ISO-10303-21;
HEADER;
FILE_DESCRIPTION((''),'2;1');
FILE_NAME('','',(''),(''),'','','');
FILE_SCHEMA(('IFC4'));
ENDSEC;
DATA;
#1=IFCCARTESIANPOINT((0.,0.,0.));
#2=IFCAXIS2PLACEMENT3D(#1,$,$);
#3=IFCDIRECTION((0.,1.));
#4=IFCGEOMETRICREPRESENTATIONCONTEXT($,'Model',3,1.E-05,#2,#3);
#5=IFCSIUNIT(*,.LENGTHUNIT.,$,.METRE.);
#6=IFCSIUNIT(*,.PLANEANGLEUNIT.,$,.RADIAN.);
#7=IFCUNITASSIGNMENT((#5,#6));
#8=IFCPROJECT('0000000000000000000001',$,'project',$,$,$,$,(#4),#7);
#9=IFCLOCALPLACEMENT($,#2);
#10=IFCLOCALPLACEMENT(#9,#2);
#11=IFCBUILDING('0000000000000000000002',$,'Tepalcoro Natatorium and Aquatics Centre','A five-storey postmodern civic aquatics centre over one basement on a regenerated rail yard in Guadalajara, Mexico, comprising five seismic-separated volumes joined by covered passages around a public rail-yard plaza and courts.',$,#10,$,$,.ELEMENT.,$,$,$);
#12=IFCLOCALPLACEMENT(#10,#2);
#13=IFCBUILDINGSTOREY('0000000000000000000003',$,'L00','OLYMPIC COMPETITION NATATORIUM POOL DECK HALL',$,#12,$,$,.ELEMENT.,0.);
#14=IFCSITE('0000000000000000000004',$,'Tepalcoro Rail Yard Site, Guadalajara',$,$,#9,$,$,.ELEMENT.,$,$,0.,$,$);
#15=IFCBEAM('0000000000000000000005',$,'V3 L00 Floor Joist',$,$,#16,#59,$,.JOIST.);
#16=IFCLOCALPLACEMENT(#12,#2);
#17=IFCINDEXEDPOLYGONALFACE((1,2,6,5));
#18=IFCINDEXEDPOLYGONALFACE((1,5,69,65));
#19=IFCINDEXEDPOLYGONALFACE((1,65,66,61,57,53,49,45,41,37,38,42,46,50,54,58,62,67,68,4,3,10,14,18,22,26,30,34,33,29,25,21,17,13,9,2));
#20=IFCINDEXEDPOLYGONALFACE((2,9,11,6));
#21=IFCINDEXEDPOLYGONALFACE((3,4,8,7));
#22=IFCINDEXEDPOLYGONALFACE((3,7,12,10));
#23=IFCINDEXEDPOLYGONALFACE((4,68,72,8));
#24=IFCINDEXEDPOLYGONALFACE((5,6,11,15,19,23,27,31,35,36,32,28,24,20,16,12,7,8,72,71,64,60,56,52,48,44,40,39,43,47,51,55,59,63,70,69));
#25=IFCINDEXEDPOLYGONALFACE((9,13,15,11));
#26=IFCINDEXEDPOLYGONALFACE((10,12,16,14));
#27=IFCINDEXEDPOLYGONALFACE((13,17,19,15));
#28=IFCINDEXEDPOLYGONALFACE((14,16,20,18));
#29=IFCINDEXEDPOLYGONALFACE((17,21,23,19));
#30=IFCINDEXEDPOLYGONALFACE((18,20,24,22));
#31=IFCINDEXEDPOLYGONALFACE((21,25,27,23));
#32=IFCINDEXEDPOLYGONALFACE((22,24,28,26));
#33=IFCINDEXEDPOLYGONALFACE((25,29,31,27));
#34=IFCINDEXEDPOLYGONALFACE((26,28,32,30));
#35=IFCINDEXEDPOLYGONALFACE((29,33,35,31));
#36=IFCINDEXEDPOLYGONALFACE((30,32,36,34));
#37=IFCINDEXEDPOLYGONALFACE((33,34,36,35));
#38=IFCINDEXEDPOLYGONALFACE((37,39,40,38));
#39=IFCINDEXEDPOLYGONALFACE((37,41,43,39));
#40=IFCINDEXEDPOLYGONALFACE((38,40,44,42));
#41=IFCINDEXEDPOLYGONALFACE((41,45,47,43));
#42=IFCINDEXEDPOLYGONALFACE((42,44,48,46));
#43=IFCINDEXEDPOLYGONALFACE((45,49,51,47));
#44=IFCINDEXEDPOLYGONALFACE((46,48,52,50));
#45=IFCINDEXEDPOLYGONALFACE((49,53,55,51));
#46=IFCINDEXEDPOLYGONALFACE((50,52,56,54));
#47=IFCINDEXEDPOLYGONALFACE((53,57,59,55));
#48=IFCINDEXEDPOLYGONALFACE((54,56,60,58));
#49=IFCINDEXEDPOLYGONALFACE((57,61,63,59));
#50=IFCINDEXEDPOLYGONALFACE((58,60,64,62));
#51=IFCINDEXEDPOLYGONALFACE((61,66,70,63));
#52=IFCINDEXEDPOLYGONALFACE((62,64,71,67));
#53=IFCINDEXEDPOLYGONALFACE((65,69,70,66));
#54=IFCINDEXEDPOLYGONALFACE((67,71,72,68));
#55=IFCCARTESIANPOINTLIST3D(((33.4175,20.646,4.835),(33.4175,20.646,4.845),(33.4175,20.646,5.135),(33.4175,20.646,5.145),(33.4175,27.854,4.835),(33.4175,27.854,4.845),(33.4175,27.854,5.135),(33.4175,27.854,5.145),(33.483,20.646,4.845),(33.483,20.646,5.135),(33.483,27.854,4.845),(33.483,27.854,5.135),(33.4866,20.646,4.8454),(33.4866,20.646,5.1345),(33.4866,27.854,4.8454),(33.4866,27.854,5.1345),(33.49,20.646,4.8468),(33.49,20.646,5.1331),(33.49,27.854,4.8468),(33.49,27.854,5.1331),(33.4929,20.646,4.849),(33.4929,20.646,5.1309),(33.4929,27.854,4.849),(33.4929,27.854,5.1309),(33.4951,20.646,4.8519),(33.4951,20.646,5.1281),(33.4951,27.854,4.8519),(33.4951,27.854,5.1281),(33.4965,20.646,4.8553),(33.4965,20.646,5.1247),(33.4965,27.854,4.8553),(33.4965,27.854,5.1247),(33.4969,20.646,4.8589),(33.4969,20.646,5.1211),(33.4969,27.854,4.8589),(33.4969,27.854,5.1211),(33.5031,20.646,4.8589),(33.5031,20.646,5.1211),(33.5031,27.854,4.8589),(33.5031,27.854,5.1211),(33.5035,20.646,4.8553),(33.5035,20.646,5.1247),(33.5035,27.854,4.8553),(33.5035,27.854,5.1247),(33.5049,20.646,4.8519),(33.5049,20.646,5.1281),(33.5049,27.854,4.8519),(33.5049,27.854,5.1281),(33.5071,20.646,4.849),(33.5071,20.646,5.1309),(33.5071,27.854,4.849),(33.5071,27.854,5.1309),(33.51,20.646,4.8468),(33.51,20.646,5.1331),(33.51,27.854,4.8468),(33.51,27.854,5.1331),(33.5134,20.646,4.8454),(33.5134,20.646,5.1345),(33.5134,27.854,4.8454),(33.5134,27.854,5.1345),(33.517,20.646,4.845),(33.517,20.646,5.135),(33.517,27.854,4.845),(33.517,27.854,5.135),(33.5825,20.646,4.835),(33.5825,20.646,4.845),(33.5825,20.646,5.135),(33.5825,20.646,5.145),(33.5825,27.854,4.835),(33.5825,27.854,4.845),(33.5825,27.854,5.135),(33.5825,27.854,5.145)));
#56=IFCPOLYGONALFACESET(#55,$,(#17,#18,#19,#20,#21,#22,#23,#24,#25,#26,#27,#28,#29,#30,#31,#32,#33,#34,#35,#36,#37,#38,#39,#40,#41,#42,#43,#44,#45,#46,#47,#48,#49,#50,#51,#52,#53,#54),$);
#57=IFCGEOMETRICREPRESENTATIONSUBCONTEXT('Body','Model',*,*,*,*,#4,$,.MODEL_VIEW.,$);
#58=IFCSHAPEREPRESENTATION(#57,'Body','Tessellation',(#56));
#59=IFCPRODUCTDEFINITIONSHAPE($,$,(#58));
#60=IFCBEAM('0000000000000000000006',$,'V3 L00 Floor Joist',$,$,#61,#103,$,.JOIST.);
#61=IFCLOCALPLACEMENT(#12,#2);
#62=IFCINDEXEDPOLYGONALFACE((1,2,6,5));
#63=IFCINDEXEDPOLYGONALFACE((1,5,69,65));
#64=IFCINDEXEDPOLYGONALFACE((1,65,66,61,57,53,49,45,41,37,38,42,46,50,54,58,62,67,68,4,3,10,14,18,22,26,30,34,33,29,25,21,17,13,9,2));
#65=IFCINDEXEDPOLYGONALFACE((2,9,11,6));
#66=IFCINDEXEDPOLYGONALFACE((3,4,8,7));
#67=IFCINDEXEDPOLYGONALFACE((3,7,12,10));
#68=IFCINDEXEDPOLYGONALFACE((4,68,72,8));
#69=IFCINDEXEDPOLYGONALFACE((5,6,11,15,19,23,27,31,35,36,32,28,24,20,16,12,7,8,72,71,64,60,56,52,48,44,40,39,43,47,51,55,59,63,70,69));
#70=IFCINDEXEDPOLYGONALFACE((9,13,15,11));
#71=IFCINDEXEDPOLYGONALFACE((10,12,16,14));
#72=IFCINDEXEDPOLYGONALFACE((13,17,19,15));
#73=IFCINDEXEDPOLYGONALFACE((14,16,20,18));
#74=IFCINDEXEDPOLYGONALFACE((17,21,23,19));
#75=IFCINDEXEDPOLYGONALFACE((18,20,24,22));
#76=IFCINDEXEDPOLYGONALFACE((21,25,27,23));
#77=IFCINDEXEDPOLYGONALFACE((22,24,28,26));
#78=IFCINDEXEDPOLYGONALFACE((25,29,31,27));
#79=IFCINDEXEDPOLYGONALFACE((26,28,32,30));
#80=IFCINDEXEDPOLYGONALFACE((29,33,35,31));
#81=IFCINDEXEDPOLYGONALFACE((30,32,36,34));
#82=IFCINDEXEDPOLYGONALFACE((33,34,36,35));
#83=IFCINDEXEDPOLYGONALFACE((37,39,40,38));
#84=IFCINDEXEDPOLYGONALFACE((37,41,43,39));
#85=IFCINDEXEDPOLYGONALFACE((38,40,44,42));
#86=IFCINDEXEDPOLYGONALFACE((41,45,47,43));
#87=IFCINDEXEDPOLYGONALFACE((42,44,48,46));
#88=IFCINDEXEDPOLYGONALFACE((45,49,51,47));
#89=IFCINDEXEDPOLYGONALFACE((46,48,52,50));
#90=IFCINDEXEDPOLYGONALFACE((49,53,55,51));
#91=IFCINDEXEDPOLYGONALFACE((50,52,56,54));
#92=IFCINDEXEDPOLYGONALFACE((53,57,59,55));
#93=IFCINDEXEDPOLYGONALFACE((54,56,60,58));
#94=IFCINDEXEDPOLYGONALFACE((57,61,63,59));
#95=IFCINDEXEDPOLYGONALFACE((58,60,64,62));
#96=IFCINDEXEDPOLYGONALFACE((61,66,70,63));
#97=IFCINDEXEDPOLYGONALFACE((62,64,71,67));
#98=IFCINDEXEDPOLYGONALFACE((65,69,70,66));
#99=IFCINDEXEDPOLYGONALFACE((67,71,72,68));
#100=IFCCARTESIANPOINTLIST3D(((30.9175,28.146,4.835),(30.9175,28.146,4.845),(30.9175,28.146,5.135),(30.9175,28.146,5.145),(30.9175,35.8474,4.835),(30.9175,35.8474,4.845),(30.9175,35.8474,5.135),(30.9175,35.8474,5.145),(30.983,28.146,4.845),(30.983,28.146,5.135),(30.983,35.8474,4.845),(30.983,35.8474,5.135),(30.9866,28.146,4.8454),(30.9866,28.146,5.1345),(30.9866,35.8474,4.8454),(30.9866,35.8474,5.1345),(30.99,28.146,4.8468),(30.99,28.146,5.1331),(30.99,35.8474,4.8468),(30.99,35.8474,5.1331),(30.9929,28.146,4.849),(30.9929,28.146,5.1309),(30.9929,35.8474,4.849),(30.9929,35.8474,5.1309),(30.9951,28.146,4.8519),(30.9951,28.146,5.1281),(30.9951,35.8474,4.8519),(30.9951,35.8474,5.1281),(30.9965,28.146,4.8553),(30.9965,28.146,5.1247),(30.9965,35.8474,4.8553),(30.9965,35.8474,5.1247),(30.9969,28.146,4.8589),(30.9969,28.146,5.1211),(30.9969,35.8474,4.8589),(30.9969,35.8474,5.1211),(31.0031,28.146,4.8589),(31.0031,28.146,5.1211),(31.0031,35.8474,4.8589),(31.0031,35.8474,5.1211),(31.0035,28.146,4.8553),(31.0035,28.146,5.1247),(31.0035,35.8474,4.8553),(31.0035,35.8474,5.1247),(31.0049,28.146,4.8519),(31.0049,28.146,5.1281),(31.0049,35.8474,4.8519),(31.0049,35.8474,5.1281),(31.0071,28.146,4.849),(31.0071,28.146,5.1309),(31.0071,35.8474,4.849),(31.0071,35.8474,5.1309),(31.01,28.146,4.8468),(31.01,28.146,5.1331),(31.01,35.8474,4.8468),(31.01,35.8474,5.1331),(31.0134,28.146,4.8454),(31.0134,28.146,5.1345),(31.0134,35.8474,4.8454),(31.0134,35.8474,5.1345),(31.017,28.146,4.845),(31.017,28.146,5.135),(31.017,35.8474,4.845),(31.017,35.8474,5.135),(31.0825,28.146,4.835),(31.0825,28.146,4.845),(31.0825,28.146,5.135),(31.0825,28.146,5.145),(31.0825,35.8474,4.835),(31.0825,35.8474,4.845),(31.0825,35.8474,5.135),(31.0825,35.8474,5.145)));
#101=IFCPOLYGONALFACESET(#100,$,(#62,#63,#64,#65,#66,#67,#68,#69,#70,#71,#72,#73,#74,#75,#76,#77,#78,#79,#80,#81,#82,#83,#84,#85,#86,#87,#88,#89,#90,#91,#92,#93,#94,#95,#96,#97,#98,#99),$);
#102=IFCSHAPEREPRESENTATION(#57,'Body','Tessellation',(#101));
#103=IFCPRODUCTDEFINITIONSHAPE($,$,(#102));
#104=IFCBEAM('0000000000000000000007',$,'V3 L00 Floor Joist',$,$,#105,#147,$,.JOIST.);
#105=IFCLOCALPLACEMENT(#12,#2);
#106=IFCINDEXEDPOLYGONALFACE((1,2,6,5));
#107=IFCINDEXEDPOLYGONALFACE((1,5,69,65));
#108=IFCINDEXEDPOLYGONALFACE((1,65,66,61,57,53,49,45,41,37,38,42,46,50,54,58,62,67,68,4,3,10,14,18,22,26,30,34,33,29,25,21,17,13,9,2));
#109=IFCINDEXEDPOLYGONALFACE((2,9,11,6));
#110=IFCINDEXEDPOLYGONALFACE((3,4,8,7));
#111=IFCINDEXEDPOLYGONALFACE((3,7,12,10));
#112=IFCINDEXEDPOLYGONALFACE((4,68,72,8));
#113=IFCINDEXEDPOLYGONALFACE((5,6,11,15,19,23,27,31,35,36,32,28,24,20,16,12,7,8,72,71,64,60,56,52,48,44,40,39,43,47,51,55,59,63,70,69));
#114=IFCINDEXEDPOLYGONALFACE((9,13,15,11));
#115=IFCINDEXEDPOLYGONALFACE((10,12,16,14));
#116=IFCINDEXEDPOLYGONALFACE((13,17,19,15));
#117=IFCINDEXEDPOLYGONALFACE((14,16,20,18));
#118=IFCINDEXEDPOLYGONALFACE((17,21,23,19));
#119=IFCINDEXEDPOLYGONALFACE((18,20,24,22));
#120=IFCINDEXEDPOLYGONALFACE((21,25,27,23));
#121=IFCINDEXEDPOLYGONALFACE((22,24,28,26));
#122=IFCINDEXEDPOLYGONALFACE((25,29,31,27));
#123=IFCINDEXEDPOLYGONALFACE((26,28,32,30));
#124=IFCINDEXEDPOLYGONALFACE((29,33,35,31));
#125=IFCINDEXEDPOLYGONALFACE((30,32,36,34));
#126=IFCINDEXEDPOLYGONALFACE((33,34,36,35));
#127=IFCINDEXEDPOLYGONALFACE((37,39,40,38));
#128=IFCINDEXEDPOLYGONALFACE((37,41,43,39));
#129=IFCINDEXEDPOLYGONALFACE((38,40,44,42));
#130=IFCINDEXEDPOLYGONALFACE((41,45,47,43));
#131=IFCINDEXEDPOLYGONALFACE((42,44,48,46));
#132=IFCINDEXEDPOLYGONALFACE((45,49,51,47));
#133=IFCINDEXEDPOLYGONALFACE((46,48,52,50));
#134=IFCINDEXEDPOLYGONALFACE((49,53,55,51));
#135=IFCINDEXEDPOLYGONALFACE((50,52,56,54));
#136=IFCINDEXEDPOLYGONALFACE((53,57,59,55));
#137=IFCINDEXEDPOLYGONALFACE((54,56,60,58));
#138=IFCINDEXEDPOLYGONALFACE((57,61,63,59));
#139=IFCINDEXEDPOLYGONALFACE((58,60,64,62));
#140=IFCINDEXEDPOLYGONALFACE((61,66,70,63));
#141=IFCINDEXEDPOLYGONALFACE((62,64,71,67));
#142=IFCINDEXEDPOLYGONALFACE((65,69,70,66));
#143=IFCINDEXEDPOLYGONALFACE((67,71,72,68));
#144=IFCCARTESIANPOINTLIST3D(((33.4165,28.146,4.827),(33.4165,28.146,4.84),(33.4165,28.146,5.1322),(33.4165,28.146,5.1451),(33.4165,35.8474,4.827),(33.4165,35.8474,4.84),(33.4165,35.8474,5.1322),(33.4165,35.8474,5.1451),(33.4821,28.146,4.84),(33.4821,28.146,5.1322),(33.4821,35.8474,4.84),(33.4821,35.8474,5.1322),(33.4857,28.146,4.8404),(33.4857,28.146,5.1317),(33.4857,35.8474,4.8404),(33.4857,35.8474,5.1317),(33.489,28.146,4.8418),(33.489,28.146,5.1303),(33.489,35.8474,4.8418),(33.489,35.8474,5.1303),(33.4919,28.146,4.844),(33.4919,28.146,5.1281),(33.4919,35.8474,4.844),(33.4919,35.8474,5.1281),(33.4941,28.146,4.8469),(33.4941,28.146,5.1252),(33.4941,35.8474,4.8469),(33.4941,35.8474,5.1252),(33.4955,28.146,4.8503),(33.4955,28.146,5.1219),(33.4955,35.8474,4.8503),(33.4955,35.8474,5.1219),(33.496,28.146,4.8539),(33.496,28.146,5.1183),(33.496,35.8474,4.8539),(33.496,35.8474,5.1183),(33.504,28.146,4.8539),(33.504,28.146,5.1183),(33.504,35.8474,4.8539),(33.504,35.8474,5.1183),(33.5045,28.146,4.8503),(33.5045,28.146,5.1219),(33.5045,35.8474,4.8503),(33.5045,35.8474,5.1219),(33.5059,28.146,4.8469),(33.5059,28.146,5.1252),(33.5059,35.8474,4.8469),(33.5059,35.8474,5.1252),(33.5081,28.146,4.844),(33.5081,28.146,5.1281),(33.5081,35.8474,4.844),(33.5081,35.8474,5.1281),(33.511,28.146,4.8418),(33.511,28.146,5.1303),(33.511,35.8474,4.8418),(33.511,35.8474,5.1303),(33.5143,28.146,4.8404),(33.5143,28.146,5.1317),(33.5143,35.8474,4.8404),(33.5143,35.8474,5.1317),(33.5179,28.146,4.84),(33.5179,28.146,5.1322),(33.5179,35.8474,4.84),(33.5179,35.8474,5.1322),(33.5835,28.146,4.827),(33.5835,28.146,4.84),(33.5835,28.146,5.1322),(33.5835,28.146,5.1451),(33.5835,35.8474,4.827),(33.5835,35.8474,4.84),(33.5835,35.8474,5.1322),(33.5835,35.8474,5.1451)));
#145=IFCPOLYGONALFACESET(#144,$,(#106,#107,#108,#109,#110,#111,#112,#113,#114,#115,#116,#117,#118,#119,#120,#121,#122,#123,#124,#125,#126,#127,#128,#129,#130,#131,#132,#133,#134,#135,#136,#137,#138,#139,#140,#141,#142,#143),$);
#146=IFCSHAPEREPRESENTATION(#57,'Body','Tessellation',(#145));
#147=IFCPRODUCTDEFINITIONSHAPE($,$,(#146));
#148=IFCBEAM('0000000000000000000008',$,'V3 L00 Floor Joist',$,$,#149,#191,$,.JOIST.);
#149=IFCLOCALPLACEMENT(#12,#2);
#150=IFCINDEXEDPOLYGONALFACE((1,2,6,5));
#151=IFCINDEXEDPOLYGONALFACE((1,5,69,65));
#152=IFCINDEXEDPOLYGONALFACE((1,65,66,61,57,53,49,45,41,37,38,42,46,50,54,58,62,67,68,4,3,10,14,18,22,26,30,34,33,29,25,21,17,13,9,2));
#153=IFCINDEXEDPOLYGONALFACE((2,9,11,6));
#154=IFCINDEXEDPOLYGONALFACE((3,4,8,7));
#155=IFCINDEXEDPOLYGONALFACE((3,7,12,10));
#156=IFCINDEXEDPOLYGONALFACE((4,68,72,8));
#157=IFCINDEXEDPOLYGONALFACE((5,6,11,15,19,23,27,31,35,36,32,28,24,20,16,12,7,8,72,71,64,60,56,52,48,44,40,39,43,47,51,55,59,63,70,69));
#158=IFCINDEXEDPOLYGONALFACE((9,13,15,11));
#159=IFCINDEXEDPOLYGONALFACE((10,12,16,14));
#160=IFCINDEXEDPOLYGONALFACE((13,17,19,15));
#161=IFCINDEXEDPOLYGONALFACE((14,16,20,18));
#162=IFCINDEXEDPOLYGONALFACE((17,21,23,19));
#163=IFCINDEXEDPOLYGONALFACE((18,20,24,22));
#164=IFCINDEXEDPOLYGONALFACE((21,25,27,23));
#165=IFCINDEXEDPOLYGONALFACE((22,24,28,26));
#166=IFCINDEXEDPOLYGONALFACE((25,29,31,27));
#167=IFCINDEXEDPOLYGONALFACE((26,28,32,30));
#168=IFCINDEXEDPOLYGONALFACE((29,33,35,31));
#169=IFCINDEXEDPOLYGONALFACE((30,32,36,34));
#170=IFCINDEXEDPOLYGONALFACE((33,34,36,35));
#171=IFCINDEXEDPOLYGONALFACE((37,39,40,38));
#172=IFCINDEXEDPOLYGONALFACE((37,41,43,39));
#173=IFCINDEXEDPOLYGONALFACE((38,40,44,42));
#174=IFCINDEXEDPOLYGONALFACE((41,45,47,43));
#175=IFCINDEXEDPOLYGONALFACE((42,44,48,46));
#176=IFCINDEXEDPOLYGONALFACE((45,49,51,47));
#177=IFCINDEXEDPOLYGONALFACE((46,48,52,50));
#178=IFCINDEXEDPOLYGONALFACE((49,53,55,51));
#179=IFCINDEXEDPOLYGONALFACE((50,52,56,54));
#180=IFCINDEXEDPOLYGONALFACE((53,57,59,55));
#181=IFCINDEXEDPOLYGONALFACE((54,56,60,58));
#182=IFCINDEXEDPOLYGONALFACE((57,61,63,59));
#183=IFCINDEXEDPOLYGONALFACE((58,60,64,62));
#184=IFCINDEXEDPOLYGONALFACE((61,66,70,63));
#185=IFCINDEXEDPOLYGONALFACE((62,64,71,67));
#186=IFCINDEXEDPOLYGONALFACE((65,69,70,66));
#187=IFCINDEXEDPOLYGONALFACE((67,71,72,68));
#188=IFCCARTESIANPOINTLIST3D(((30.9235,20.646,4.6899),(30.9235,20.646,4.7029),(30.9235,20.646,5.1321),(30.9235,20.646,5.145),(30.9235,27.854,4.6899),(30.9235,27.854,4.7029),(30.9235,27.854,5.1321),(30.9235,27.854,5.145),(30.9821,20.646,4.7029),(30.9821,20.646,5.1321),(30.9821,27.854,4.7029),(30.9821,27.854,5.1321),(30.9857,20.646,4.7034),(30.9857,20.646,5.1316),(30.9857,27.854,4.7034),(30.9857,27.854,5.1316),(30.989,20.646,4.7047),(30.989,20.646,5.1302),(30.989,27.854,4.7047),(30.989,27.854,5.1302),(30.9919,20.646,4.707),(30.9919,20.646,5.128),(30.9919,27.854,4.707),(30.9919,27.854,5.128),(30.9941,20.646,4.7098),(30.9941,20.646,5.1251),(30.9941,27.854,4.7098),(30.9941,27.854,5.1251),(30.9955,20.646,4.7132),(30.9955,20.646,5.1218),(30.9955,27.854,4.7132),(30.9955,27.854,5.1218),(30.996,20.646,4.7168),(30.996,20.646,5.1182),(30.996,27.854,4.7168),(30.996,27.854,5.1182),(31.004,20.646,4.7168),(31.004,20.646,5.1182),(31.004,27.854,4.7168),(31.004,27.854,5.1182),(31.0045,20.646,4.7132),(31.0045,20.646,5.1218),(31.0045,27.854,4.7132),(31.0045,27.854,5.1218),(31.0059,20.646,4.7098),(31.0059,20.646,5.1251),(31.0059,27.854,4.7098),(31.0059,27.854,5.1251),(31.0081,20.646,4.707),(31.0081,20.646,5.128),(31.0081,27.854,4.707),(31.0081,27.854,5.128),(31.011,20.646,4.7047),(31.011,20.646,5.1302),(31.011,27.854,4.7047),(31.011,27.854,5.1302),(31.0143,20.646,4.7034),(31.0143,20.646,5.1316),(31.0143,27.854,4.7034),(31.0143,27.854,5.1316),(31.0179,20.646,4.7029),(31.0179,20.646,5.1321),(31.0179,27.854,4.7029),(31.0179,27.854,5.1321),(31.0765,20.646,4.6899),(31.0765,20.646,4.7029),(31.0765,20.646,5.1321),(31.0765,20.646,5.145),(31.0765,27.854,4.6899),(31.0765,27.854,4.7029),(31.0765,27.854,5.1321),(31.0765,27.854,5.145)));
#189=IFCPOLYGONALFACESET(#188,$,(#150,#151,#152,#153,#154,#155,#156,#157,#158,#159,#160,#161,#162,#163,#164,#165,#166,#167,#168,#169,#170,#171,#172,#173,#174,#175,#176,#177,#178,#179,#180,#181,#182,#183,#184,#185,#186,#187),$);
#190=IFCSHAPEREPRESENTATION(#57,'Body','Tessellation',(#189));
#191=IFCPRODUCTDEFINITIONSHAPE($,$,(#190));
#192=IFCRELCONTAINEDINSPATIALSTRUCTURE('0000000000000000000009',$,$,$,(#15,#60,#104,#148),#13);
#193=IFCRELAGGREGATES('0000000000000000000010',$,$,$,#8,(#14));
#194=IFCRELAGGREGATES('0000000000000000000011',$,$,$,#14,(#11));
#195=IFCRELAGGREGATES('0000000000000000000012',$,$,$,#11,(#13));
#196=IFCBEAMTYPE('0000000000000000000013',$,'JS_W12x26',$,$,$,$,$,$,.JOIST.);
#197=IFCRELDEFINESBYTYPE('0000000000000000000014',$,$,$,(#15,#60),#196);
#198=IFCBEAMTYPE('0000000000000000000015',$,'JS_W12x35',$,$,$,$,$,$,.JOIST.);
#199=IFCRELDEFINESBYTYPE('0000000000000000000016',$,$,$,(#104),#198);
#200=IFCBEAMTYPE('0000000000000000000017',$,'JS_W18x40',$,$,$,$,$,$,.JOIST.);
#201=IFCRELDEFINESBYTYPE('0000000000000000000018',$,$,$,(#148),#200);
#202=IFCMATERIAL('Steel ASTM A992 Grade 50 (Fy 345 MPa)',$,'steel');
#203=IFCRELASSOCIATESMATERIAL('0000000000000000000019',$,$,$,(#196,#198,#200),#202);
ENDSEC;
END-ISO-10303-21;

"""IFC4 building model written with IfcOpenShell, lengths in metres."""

from ifc_helpers import new_model, si_unit, direction, frame, origin, origin_2d, place, context, subcontext, project, spatial, i_section, extrude, material, material_profile, profile_set, type_object, element, save


model = new_model("IFC4")

# Units and contexts
model_context = context("Model", 3, precision=1e-05, world=origin(), true_north=direction((0.0, 1.0)))
body_context = subcontext(model_context, "Body", "Model", "MODEL_VIEW")
ifc_project = project(units=[si_unit("LENGTHUNIT", "METRE"), si_unit("PLANEANGLEUNIT", "RADIAN")], contexts=[model_context])

# Site, building, storey
site_placement = place(None, origin())
site = spatial("IfcSite", under=ifc_project, at=site_placement, Name="Tepalcoro Rail Yard Site, Guadalajara", CompositionType="ELEMENT", RefElevation=0.0)
building_placement = place(site_placement, origin())
building = spatial("IfcBuilding", under=site, at=building_placement, Name="Tepalcoro Natatorium and Aquatics Centre", Description="A five-storey postmodern civic aquatics centre over one basement on a regenerated rail yard in Guadalajara, Mexico, comprising five seismic-separated volumes joined by covered passages around a public rail-yard plaza and courts.", CompositionType="ELEMENT")
storey_placement = place(building_placement, origin())
storey = spatial("IfcBuildingStorey", under=building, at=storey_placement, Name="L00", Description="OLYMPIC COMPETITION NATATORIUM POOL DECK HALL", CompositionType="ELEMENT", Elevation=0.0)

# Shared definitions
ifc_material_1 = material(Name="Steel ASTM A992 Grade 50 (Fy 345 MPa)", Category="steel")

# Beams
ifc_material_profile_1 = material_profile(ifc_material_1, i_section(OverallWidth=0.165, OverallDepth=0.3101, WebThickness=0.0061, FlangeThickness=0.01, FilletRadius=0.0139, at=origin_2d()), Name="W12X26")
ifc_profile_set_1 = profile_set([ifc_material_profile_1], Name="Steel ASTM A992 Grade 50 (Fy 345 MPa)")
beam_type_1 = type_object("IfcBeamType", Name="JS_W12x26", PredefinedType="JOIST", material=ifc_profile_set_1)
beam_1_placement = place(storey_placement, frame((33.5, 20.646, 4.99), z_axis=(0.0, 1.0, 0.0), x_axis=(-1.0, 0.0, 0.0)))
element("IfcBeam", 1, at=beam_1_placement, inside=storey, type_object=beam_type_1, Name="V3 L00 Floor Joist", PredefinedType="JOIST", context=body_context, shape_type="SweptSolid", body=[
    extrude(i_section(OverallWidth=0.165, OverallDepth=0.3101, WebThickness=0.0061, FlangeThickness=0.01, FilletRadius=0.0139, at=origin_2d()), origin(), (0.0, 0.0, 1.0), 7.208),
])
beam_2_placement = place(storey_placement, frame((31.0, 28.146, 4.99), z_axis=(0.0, 1.0, 0.0), x_axis=(-1.0, 0.0, 0.0)))
element("IfcBeam", 2, at=beam_2_placement, inside=storey, type_object=beam_type_1, Name="V3 L00 Floor Joist", PredefinedType="JOIST", context=body_context, shape_type="SweptSolid", body=[
    extrude(i_section(OverallWidth=0.165, OverallDepth=0.3101, WebThickness=0.0061, FlangeThickness=0.01, FilletRadius=0.0139, at=origin_2d()), origin(), (0.0, 0.0, 1.0), 7.7014),
])
ifc_material_profile_2 = material_profile(ifc_material_1, i_section(OverallWidth=0.167, OverallDepth=0.3181, WebThickness=0.0081, FlangeThickness=0.0129, FilletRadius=0.0139, at=origin_2d()), Name="W12X35")
ifc_profile_set_2 = profile_set([ifc_material_profile_2], Name="Steel ASTM A992 Grade 50 (Fy 345 MPa)")
beam_type_2 = type_object("IfcBeamType", Name="JS_W12x35", PredefinedType="JOIST", material=ifc_profile_set_2)
beam_3_placement = place(storey_placement, frame((33.5, 28.146, 4.9861), z_axis=(0.0, 1.0, 0.0), x_axis=(-1.0, 0.0, 0.0)))
element("IfcBeam", 3, at=beam_3_placement, inside=storey, type_object=beam_type_2, Name="V3 L00 Floor Joist", PredefinedType="JOIST", context=body_context, shape_type="SweptSolid", body=[
    extrude(i_section(OverallWidth=0.167, OverallDepth=0.3181, WebThickness=0.0081, FlangeThickness=0.0129, FilletRadius=0.0139, at=origin_2d()), origin(), (0.0, 0.0, 1.0), 7.7014),
])
ifc_material_profile_3 = material_profile(ifc_material_1, i_section(OverallWidth=0.1531, OverallDepth=0.4551, WebThickness=0.0081, FlangeThickness=0.0129, FilletRadius=0.0139, at=origin_2d()), Name="W18X40")
ifc_profile_set_3 = profile_set([ifc_material_profile_3], Name="Steel ASTM A992 Grade 50 (Fy 345 MPa)")
beam_type_3 = type_object("IfcBeamType", Name="JS_W18x40", PredefinedType="JOIST", material=ifc_profile_set_3)
beam_4_placement = place(storey_placement, frame((31.0, 20.646, 4.9175), z_axis=(0.0, 1.0, 0.0), x_axis=(-1.0, 0.0, 0.0)))
element("IfcBeam", 4, at=beam_4_placement, inside=storey, type_object=beam_type_3, Name="V3 L00 Floor Joist", PredefinedType="JOIST", context=body_context, shape_type="SweptSolid", body=[
    extrude(i_section(OverallWidth=0.1531, OverallDepth=0.4551, WebThickness=0.0081, FlangeThickness=0.0129, FilletRadius=0.0139, at=origin_2d()), origin(), (0.0, 0.0, 1.0), 7.208),
])

save(model, "model.ifc")
